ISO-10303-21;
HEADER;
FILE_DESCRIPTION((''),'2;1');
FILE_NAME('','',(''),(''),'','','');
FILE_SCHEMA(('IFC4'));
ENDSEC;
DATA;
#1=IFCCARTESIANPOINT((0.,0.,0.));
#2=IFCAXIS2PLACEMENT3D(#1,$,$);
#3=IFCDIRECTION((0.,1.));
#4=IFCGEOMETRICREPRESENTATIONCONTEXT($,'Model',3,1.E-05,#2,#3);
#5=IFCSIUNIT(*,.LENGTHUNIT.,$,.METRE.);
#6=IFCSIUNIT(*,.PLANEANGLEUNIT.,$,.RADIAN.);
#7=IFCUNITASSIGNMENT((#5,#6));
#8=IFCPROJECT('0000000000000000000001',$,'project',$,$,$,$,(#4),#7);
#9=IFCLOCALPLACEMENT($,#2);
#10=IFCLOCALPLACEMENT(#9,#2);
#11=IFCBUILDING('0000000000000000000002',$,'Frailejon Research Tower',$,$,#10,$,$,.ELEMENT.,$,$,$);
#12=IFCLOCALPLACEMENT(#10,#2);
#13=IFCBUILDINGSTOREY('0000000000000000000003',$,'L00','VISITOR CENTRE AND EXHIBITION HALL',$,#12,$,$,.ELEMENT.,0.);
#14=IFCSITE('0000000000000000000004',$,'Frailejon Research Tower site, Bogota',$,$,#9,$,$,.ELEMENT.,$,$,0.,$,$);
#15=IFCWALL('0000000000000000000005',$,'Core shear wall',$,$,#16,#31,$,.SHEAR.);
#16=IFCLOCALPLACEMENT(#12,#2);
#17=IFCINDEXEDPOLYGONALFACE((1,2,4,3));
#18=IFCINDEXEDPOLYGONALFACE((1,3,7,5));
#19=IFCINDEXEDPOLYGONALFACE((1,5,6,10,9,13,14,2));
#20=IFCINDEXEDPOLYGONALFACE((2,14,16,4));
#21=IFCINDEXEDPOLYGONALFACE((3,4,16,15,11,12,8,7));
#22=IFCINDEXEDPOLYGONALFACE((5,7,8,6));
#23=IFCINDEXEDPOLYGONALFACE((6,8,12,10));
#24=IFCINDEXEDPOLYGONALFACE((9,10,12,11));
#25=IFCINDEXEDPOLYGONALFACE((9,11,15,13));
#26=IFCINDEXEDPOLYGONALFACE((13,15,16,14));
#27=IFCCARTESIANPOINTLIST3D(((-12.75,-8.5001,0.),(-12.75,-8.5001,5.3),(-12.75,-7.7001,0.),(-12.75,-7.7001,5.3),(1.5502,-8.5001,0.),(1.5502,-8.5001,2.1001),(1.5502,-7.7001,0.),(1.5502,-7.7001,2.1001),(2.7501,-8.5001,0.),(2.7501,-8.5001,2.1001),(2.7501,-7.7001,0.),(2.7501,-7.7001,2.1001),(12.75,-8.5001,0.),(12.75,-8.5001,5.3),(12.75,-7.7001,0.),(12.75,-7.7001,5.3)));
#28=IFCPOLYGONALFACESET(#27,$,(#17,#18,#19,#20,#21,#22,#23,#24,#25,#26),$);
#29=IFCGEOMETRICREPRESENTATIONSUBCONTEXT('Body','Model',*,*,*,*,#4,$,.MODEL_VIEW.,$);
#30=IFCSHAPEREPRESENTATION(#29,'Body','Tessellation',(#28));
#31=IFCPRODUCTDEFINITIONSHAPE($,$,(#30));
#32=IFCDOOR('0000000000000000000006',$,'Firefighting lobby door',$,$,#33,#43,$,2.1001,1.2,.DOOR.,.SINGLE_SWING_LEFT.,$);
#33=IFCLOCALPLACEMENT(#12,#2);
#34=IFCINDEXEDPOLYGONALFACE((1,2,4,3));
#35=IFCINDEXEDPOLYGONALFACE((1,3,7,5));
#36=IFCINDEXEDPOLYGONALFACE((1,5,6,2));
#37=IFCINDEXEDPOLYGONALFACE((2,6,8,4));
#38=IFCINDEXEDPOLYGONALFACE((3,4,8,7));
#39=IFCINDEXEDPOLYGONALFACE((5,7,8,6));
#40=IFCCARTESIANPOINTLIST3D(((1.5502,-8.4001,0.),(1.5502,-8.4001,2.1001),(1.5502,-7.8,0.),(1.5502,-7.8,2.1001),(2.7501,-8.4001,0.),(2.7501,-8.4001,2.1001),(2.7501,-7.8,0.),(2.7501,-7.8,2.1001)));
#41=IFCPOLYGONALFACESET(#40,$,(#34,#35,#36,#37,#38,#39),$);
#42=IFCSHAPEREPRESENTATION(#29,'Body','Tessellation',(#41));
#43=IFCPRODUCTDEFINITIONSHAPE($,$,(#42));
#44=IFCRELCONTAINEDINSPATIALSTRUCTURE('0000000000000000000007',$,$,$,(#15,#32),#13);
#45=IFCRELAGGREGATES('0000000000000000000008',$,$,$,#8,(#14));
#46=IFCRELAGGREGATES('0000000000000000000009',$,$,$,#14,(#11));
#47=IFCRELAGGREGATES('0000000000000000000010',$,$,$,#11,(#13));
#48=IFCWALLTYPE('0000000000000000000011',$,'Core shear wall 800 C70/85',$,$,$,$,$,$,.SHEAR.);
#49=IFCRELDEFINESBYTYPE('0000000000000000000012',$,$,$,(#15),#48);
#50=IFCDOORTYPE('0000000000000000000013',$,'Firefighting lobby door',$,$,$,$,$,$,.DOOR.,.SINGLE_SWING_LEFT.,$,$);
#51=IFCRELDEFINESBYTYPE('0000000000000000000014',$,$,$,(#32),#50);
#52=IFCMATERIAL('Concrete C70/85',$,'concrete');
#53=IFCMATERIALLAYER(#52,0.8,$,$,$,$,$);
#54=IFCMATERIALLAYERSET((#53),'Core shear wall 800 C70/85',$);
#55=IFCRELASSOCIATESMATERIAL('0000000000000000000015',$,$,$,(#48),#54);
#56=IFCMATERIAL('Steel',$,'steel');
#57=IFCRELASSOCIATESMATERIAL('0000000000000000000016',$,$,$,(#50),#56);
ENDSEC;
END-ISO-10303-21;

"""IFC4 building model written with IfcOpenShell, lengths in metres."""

from ifc_helpers import new_model, si_unit, direction, frame, frame_2d, origin, place, context, subcontext, project, spatial, rectangle, extrude, material, layer, layer_set, type_object, element, fill, save


model = new_model("IFC4")

# Units and contexts
model_context = context("Model", 3, precision=1e-05, world=origin(), true_north=direction((0.0, 1.0)))
body_context = subcontext(model_context, "Body", "Model", "MODEL_VIEW")
ifc_project = project(units=[si_unit("LENGTHUNIT", "METRE"), si_unit("PLANEANGLEUNIT", "RADIAN")], contexts=[model_context])

# Site, building, storey
site_placement = place(None, origin())
site = spatial("IfcSite", under=ifc_project, at=site_placement, Name="Frailejon Research Tower site, Bogota", CompositionType="ELEMENT", RefElevation=0.0)
building_placement = place(site_placement, origin())
building = spatial("IfcBuilding", under=site, at=building_placement, Name="Frailejon Research Tower", CompositionType="ELEMENT")
storey_placement = place(building_placement, origin())
storey = spatial("IfcBuildingStorey", under=building, at=storey_placement, Name="L00", Description="VISITOR CENTRE AND EXHIBITION HALL", CompositionType="ELEMENT", Elevation=0.0)

# Wall, opening, door
ifc_material_1 = material(Name="Concrete C70/85", Category="concrete")
ifc_layer_1 = layer(ifc_material_1, 0.8)
ifc_layer_set_1 = layer_set([ifc_layer_1], Name="Core shear wall 800 C70/85")
wall_type_1 = type_object("IfcWallType", Name="Core shear wall 800 C70/85", PredefinedType="SHEAR", material=ifc_layer_set_1)
wall_1_placement = place(storey_placement, frame((-12.75, -8.1001, 0.0), z_axis=(0.0, 0.0, 1.0), x_axis=(1.0, 0.0, 0.0)))
wall_1 = element("IfcWall", 1, at=wall_1_placement, inside=storey, type_object=wall_type_1, Name="Core shear wall", PredefinedType="SHEAR", context=body_context, shape_type="SweptSolid", body=[
    extrude(rectangle(XDim=25.5, YDim=0.8, at=frame_2d((12.75, 0.0))), origin(), (0.0, 0.0, 1.0), 5.3),
])
opening_1_placement = place(wall_1_placement, frame((14.3, 0.0, 0.0)))
opening_1 = element("IfcOpeningElement", 2, at=opening_1_placement, cuts=wall_1, PredefinedType="OPENING", context=body_context, shape_type="SweptSolid", body=[
    extrude(rectangle(XDim=1.2, YDim=2.1001, at=frame_2d((0.6001, 1.05))), frame((0.0, 0.4099, 0.0), z_axis=(0.0, -1.0, 0.0), x_axis=(1.0, 0.0, 0.0)), (0.0, 0.0, 1.0), 0.8201),
])
ifc_material_2 = material(Name="Steel", Category="steel")
door_type_1 = type_object("IfcDoorType", Name="Firefighting lobby door", OperationType="SINGLE_SWING_LEFT", PredefinedType="DOOR", material=ifc_material_2)
door_1_placement = place(opening_1_placement, origin())
door_1 = element("IfcDoor", 3, at=door_1_placement, inside=storey, type_object=door_type_1, Name="Firefighting lobby door", OperationType="SINGLE_SWING_LEFT", OverallHeight=2.1001, OverallWidth=1.2, PredefinedType="DOOR", context=body_context, shape_type="SweptSolid", body=[
    extrude(rectangle(XDim=1.2, YDim=2.1001, at=frame_2d((0.6001, 1.05))), frame((0.0, 0.3, 0.0), z_axis=(0.0, -1.0, 0.0), x_axis=(1.0, 0.0, 0.0)), (0.0, 0.0, 1.0), 0.6001),
])
fill(opening_1, door_1)

save(model, "model.ifc")
